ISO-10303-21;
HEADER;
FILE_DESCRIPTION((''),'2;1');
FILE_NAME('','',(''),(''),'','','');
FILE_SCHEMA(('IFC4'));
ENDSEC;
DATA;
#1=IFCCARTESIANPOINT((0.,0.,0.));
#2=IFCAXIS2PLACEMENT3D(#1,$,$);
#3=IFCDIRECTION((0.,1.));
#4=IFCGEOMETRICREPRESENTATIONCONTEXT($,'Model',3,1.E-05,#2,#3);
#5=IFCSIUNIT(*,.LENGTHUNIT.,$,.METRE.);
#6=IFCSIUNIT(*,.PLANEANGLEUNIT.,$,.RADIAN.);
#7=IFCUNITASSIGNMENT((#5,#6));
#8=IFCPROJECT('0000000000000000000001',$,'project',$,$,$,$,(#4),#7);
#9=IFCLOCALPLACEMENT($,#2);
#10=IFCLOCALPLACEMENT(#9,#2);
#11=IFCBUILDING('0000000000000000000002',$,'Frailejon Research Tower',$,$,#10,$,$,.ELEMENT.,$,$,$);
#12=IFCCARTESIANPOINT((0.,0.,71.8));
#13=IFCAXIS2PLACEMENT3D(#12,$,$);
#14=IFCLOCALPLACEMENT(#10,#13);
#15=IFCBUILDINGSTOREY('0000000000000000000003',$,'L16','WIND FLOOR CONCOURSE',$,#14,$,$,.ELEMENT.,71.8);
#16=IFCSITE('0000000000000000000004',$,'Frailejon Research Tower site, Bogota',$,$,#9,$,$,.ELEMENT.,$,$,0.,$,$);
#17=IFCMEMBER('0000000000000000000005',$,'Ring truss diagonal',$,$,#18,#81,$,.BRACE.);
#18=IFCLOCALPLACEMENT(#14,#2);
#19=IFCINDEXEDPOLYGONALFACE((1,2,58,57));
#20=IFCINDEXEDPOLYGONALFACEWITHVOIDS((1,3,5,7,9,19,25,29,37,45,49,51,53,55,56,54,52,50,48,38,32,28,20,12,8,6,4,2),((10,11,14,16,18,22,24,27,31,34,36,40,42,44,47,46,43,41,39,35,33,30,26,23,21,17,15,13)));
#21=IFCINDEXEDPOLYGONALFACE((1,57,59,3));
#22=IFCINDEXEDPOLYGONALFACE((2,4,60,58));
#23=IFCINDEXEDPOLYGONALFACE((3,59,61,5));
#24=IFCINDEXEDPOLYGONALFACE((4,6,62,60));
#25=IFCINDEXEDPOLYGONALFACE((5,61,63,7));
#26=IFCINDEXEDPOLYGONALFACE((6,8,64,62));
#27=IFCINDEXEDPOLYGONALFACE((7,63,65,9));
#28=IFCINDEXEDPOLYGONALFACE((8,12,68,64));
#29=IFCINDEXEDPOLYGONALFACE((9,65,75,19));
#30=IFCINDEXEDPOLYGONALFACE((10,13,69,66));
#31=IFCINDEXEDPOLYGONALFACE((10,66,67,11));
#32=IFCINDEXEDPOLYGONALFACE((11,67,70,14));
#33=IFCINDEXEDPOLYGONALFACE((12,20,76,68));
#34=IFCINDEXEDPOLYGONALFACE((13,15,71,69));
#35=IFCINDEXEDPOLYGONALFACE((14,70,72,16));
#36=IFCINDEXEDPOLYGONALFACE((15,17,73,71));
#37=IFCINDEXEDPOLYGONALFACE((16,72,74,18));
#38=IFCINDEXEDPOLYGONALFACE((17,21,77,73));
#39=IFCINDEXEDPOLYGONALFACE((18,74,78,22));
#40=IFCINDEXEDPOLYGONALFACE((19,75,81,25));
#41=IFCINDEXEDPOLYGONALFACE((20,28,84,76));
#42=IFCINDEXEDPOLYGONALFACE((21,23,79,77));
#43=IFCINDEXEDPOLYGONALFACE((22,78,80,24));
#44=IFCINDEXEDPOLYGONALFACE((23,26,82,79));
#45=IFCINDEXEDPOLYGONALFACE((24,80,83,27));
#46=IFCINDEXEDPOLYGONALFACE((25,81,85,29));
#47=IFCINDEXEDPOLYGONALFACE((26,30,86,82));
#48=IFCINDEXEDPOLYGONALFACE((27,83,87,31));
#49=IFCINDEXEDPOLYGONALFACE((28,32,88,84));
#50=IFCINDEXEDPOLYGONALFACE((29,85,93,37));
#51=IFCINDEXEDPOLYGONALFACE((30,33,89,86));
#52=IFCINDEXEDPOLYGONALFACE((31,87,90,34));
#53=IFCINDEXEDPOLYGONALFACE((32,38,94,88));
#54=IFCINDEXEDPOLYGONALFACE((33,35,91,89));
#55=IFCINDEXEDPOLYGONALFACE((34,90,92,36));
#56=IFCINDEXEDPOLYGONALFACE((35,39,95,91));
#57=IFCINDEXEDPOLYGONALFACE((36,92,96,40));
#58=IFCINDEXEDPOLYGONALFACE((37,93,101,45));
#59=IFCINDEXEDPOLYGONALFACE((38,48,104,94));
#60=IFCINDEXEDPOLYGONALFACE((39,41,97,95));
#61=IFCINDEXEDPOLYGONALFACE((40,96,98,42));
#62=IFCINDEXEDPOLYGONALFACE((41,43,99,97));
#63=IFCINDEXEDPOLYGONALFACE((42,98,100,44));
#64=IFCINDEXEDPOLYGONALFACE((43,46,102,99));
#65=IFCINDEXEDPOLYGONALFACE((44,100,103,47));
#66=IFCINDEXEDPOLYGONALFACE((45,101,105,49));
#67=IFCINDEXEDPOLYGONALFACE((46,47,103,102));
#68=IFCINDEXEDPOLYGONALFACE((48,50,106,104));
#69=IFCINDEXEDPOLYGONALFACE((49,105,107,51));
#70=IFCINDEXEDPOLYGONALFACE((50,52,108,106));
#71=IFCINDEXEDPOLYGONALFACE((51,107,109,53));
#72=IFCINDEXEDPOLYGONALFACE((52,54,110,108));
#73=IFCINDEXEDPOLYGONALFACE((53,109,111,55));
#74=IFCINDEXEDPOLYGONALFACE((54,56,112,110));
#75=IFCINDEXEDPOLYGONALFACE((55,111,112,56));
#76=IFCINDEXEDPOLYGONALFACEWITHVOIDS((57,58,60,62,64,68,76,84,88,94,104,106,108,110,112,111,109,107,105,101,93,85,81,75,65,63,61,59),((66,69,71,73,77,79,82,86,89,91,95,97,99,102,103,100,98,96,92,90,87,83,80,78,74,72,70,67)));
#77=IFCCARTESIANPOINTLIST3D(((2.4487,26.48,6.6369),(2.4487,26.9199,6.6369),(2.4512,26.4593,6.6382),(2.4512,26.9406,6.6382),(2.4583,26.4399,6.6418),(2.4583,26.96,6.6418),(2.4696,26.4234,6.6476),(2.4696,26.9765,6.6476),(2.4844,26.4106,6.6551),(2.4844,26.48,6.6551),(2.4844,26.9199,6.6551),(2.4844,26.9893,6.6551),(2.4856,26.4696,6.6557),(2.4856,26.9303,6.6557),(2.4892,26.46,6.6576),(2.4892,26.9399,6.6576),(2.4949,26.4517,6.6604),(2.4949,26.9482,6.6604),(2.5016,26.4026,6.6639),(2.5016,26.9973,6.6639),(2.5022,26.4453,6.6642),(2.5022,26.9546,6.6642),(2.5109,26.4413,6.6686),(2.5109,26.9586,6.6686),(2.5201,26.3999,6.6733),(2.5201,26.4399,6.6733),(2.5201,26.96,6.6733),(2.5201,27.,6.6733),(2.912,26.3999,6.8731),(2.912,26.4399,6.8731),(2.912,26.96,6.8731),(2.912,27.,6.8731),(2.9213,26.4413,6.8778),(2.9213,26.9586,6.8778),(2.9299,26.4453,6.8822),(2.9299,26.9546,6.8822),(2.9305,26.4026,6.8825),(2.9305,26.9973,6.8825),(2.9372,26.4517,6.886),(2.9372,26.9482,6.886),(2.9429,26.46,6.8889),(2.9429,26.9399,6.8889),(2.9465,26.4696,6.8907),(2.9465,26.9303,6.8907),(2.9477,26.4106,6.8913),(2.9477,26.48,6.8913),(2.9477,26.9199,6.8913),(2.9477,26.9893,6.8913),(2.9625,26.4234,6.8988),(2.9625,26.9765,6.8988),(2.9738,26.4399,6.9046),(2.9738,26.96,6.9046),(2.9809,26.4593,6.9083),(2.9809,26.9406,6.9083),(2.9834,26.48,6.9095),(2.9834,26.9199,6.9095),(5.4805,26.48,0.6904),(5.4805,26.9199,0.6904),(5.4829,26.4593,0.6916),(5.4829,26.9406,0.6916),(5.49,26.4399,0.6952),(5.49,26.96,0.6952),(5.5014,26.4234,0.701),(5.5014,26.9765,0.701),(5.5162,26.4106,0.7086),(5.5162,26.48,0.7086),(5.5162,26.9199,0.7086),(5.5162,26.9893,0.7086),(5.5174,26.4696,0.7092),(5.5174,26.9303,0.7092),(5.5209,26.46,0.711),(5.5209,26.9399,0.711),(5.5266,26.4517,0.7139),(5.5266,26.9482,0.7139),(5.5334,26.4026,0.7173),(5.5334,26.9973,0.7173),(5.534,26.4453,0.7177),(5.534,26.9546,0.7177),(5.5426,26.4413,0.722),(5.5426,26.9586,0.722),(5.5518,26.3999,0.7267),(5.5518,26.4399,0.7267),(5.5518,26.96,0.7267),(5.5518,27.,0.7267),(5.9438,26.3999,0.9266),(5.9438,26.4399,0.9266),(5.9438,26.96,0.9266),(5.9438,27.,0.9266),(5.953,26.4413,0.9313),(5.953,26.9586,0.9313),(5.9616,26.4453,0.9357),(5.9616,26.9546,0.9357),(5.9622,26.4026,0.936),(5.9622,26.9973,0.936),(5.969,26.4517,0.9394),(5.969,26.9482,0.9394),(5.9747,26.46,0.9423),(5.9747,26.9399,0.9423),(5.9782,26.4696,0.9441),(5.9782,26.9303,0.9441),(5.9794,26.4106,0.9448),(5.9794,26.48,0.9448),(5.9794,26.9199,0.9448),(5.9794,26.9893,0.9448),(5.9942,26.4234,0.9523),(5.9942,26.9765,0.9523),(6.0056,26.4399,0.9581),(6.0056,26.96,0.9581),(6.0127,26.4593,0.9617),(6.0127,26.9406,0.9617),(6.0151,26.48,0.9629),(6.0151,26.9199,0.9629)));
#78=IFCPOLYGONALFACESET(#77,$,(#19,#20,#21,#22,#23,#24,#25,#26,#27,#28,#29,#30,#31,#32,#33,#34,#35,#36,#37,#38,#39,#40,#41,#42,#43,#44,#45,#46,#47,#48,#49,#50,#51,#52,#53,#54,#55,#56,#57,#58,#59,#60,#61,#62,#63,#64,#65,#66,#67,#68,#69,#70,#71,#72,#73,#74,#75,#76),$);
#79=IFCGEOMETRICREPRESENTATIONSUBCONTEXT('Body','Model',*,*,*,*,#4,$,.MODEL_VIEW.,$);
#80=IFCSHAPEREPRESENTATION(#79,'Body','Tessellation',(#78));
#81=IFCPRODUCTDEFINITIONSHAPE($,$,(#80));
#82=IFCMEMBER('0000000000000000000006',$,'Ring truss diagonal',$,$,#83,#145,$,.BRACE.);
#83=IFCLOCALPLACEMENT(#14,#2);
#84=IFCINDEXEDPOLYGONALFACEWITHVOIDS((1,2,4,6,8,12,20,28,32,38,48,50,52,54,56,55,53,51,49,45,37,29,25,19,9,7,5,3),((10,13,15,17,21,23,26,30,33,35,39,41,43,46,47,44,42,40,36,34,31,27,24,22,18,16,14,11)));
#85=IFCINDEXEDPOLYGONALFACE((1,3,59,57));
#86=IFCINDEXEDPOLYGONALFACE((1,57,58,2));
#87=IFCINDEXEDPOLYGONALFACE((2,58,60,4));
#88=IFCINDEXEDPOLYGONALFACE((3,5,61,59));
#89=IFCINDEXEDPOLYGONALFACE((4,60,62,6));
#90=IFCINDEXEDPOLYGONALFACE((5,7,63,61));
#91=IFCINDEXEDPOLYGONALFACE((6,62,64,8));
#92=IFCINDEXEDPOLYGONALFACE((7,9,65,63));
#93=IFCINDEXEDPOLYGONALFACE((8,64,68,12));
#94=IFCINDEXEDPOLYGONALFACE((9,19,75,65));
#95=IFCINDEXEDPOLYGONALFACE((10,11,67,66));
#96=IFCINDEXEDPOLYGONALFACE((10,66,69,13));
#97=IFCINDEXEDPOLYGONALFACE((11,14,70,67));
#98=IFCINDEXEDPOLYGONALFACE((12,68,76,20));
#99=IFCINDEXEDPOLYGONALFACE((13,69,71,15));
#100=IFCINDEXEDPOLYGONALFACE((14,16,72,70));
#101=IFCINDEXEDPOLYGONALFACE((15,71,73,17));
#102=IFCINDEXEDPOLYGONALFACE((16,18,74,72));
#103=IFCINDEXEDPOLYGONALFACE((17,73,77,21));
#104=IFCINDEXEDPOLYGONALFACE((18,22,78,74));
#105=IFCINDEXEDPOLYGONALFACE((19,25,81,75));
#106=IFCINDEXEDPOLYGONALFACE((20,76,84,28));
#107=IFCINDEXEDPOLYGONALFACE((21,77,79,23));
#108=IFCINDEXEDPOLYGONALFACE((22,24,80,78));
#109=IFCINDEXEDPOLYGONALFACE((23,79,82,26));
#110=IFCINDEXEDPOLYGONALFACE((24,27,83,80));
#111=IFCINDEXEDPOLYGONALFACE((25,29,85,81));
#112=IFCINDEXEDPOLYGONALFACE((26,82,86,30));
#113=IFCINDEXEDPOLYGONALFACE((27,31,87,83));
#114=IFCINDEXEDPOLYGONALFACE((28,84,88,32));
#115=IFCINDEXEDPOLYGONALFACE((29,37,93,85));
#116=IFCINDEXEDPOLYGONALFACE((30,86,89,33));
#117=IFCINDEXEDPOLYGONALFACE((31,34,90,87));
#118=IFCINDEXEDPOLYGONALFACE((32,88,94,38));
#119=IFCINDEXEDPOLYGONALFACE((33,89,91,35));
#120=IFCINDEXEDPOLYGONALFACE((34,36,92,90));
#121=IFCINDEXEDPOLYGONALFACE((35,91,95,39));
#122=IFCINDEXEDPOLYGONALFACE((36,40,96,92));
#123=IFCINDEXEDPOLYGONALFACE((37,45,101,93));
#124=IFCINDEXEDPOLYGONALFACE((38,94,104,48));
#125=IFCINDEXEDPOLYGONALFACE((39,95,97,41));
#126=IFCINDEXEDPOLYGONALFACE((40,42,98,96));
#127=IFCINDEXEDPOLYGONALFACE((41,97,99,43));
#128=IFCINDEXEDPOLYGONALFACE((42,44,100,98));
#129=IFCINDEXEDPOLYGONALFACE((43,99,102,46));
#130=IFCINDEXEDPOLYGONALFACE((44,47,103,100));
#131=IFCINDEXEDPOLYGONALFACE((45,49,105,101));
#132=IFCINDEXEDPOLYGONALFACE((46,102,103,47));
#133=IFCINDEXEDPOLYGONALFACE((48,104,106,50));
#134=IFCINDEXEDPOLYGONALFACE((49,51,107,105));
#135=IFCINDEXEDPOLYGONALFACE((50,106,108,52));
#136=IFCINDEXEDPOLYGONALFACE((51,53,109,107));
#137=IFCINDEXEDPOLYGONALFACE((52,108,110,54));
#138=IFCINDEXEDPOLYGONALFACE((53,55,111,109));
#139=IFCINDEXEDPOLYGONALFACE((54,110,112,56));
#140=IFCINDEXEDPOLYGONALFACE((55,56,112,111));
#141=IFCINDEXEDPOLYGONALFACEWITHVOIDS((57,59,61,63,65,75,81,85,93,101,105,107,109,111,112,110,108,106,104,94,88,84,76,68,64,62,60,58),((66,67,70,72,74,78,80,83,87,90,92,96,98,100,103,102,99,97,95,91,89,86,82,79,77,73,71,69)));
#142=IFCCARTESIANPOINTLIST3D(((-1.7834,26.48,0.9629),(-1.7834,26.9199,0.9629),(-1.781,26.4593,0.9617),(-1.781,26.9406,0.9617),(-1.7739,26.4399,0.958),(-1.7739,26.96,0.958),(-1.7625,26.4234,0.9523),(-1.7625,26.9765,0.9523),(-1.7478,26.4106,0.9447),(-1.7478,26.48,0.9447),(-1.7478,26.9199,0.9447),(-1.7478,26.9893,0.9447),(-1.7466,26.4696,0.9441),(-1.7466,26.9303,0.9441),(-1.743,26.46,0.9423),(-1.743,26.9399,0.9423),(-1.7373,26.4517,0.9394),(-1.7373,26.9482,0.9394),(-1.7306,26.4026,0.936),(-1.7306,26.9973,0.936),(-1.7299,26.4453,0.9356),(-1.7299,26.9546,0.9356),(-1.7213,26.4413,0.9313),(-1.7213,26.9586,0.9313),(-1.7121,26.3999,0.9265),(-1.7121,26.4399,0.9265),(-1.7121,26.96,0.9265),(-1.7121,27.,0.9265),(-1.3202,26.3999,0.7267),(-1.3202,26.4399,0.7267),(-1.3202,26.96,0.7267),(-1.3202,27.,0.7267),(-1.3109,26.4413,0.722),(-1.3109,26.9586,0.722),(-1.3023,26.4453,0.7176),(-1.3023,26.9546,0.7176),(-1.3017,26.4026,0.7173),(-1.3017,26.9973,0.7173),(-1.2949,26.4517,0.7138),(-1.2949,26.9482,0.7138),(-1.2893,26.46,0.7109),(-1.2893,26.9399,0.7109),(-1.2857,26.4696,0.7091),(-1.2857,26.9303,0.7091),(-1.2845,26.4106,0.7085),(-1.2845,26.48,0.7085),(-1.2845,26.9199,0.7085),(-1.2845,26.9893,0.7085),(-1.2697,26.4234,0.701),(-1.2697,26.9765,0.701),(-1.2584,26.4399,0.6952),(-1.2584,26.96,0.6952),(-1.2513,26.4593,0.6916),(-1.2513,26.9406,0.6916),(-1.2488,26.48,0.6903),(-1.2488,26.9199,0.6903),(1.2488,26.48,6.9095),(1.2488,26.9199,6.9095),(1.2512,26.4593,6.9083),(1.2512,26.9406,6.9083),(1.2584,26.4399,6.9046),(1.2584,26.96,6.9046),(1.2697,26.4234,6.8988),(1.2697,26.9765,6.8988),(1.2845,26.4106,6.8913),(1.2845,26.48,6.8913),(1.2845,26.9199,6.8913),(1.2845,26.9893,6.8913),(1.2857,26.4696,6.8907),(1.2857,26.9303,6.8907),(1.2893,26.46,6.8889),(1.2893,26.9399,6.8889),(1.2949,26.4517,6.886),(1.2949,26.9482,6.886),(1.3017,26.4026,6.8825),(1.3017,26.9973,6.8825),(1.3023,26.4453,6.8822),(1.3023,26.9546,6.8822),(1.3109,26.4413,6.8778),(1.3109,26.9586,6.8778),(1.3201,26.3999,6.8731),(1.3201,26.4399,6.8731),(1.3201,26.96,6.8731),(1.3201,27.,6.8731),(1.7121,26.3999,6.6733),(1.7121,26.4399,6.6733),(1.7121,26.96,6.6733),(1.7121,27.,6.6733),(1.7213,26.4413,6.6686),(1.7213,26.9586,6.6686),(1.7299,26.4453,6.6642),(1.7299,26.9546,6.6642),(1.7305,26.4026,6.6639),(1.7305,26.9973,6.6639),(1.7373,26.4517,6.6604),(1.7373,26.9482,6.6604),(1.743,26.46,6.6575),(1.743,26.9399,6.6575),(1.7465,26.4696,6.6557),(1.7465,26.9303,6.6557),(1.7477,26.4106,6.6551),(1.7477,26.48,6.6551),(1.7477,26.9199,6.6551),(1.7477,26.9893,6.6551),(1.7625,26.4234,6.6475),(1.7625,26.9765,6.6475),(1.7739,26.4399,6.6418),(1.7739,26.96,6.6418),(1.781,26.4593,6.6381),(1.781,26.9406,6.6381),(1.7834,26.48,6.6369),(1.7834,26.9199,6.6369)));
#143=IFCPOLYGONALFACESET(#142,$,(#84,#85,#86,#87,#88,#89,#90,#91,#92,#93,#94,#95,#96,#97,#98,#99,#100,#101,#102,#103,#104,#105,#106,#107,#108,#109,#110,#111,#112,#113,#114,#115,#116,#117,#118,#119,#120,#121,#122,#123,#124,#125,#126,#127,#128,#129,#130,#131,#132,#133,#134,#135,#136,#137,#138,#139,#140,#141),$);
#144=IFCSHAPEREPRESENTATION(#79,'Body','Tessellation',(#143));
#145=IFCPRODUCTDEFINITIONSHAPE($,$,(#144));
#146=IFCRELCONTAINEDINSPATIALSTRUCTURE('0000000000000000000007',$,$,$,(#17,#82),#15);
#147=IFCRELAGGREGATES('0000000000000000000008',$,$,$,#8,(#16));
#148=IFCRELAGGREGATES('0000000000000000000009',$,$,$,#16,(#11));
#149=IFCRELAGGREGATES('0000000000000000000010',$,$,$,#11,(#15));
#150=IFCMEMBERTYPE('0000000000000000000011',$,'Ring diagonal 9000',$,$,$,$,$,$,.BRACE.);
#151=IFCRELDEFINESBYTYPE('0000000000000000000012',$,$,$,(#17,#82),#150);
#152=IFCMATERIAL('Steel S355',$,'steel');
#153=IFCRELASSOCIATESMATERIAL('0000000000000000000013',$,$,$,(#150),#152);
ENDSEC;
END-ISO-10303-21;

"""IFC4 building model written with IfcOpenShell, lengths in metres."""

from ifc_helpers import new_model, si_unit, direction, frame, origin, origin_2d, place, context, subcontext, project, spatial, hollow_rectangle, extrude, material, material_profile, profile_set, type_object, element, save


model = new_model("IFC4")

# Units and contexts
model_context = context("Model", 3, precision=1e-05, world=origin(), true_north=direction((0.0, 1.0)))
body_context = subcontext(model_context, "Body", "Model", "MODEL_VIEW")
ifc_project = project(units=[si_unit("LENGTHUNIT", "METRE"), si_unit("PLANEANGLEUNIT", "RADIAN")], contexts=[model_context])

# Site, building, storey
site_placement = place(None, origin())
site = spatial("IfcSite", under=ifc_project, at=site_placement, Name="Frailejon Research Tower site, Bogota", CompositionType="ELEMENT", RefElevation=0.0)
building_placement = place(site_placement, origin())
building = spatial("IfcBuilding", under=site, at=building_placement, Name="Frailejon Research Tower", CompositionType="ELEMENT")
storey_placement = place(building_placement, frame((0.0, 0.0, 71.8)))
storey = spatial("IfcBuildingStorey", under=building, at=storey_placement, Name="L16", Description="WIND FLOOR CONCOURSE", CompositionType="ELEMENT", Elevation=71.8)

# Members
ifc_material_1 = material(Name="Steel S355", Category="steel")
ifc_material_profile_1 = material_profile(ifc_material_1, hollow_rectangle(XDim=0.6001, YDim=0.6001, WallThickness=0.04, InnerFilletRadius=0.04, OuterFilletRadius=0.0801, at=origin_2d()), Name="Ring diagonal 9000")
ifc_profile_set_1 = profile_set([ifc_material_profile_1], Name="Steel S355")
member_type = type_object("IfcMemberType", Name="Ring diagonal 9000", PredefinedType="BRACE", material=ifc_profile_set_1)
for number, where, z_axis, x_axis, name in (
    (1, (5.7478, 26.7, 0.8267), (-0.454208, 0.0, 0.890896), (0.0, -1.0, 0.0), "Ring truss diagonal"),
):
    element("IfcMember", number, at=place(storey_placement, frame(where, z_axis=z_axis, x_axis=x_axis)), inside=storey, type_object=member_type, Name=name, PredefinedType="BRACE", context=body_context, shape_type="SweptSolid", body=[
        extrude(hollow_rectangle(XDim=0.6001, YDim=0.6001, WallThickness=0.04, InnerFilletRadius=0.04, OuterFilletRadius=0.0801, at=origin_2d()), origin(), (0.0, 0.0, 1.0), 6.6748),
    ])
member_1_placement = place(storey_placement, frame((1.5161, 26.7, 6.7732), z_axis=(-0.454266, 0.0, -0.890866), x_axis=(0.0, -1.0, 0.0)))
element("IfcMember", 2, at=member_1_placement, inside=storey, type_object=member_type, Name="Ring truss diagonal", PredefinedType="BRACE", context=body_context, shape_type="SweptSolid", body=[
    extrude(hollow_rectangle(XDim=0.6001, YDim=0.6001, WallThickness=0.04, InnerFilletRadius=0.04, OuterFilletRadius=0.0801, at=origin_2d()), origin(), (0.0, 0.0, 1.0), 6.675),
])

save(model, "model.ifc")
